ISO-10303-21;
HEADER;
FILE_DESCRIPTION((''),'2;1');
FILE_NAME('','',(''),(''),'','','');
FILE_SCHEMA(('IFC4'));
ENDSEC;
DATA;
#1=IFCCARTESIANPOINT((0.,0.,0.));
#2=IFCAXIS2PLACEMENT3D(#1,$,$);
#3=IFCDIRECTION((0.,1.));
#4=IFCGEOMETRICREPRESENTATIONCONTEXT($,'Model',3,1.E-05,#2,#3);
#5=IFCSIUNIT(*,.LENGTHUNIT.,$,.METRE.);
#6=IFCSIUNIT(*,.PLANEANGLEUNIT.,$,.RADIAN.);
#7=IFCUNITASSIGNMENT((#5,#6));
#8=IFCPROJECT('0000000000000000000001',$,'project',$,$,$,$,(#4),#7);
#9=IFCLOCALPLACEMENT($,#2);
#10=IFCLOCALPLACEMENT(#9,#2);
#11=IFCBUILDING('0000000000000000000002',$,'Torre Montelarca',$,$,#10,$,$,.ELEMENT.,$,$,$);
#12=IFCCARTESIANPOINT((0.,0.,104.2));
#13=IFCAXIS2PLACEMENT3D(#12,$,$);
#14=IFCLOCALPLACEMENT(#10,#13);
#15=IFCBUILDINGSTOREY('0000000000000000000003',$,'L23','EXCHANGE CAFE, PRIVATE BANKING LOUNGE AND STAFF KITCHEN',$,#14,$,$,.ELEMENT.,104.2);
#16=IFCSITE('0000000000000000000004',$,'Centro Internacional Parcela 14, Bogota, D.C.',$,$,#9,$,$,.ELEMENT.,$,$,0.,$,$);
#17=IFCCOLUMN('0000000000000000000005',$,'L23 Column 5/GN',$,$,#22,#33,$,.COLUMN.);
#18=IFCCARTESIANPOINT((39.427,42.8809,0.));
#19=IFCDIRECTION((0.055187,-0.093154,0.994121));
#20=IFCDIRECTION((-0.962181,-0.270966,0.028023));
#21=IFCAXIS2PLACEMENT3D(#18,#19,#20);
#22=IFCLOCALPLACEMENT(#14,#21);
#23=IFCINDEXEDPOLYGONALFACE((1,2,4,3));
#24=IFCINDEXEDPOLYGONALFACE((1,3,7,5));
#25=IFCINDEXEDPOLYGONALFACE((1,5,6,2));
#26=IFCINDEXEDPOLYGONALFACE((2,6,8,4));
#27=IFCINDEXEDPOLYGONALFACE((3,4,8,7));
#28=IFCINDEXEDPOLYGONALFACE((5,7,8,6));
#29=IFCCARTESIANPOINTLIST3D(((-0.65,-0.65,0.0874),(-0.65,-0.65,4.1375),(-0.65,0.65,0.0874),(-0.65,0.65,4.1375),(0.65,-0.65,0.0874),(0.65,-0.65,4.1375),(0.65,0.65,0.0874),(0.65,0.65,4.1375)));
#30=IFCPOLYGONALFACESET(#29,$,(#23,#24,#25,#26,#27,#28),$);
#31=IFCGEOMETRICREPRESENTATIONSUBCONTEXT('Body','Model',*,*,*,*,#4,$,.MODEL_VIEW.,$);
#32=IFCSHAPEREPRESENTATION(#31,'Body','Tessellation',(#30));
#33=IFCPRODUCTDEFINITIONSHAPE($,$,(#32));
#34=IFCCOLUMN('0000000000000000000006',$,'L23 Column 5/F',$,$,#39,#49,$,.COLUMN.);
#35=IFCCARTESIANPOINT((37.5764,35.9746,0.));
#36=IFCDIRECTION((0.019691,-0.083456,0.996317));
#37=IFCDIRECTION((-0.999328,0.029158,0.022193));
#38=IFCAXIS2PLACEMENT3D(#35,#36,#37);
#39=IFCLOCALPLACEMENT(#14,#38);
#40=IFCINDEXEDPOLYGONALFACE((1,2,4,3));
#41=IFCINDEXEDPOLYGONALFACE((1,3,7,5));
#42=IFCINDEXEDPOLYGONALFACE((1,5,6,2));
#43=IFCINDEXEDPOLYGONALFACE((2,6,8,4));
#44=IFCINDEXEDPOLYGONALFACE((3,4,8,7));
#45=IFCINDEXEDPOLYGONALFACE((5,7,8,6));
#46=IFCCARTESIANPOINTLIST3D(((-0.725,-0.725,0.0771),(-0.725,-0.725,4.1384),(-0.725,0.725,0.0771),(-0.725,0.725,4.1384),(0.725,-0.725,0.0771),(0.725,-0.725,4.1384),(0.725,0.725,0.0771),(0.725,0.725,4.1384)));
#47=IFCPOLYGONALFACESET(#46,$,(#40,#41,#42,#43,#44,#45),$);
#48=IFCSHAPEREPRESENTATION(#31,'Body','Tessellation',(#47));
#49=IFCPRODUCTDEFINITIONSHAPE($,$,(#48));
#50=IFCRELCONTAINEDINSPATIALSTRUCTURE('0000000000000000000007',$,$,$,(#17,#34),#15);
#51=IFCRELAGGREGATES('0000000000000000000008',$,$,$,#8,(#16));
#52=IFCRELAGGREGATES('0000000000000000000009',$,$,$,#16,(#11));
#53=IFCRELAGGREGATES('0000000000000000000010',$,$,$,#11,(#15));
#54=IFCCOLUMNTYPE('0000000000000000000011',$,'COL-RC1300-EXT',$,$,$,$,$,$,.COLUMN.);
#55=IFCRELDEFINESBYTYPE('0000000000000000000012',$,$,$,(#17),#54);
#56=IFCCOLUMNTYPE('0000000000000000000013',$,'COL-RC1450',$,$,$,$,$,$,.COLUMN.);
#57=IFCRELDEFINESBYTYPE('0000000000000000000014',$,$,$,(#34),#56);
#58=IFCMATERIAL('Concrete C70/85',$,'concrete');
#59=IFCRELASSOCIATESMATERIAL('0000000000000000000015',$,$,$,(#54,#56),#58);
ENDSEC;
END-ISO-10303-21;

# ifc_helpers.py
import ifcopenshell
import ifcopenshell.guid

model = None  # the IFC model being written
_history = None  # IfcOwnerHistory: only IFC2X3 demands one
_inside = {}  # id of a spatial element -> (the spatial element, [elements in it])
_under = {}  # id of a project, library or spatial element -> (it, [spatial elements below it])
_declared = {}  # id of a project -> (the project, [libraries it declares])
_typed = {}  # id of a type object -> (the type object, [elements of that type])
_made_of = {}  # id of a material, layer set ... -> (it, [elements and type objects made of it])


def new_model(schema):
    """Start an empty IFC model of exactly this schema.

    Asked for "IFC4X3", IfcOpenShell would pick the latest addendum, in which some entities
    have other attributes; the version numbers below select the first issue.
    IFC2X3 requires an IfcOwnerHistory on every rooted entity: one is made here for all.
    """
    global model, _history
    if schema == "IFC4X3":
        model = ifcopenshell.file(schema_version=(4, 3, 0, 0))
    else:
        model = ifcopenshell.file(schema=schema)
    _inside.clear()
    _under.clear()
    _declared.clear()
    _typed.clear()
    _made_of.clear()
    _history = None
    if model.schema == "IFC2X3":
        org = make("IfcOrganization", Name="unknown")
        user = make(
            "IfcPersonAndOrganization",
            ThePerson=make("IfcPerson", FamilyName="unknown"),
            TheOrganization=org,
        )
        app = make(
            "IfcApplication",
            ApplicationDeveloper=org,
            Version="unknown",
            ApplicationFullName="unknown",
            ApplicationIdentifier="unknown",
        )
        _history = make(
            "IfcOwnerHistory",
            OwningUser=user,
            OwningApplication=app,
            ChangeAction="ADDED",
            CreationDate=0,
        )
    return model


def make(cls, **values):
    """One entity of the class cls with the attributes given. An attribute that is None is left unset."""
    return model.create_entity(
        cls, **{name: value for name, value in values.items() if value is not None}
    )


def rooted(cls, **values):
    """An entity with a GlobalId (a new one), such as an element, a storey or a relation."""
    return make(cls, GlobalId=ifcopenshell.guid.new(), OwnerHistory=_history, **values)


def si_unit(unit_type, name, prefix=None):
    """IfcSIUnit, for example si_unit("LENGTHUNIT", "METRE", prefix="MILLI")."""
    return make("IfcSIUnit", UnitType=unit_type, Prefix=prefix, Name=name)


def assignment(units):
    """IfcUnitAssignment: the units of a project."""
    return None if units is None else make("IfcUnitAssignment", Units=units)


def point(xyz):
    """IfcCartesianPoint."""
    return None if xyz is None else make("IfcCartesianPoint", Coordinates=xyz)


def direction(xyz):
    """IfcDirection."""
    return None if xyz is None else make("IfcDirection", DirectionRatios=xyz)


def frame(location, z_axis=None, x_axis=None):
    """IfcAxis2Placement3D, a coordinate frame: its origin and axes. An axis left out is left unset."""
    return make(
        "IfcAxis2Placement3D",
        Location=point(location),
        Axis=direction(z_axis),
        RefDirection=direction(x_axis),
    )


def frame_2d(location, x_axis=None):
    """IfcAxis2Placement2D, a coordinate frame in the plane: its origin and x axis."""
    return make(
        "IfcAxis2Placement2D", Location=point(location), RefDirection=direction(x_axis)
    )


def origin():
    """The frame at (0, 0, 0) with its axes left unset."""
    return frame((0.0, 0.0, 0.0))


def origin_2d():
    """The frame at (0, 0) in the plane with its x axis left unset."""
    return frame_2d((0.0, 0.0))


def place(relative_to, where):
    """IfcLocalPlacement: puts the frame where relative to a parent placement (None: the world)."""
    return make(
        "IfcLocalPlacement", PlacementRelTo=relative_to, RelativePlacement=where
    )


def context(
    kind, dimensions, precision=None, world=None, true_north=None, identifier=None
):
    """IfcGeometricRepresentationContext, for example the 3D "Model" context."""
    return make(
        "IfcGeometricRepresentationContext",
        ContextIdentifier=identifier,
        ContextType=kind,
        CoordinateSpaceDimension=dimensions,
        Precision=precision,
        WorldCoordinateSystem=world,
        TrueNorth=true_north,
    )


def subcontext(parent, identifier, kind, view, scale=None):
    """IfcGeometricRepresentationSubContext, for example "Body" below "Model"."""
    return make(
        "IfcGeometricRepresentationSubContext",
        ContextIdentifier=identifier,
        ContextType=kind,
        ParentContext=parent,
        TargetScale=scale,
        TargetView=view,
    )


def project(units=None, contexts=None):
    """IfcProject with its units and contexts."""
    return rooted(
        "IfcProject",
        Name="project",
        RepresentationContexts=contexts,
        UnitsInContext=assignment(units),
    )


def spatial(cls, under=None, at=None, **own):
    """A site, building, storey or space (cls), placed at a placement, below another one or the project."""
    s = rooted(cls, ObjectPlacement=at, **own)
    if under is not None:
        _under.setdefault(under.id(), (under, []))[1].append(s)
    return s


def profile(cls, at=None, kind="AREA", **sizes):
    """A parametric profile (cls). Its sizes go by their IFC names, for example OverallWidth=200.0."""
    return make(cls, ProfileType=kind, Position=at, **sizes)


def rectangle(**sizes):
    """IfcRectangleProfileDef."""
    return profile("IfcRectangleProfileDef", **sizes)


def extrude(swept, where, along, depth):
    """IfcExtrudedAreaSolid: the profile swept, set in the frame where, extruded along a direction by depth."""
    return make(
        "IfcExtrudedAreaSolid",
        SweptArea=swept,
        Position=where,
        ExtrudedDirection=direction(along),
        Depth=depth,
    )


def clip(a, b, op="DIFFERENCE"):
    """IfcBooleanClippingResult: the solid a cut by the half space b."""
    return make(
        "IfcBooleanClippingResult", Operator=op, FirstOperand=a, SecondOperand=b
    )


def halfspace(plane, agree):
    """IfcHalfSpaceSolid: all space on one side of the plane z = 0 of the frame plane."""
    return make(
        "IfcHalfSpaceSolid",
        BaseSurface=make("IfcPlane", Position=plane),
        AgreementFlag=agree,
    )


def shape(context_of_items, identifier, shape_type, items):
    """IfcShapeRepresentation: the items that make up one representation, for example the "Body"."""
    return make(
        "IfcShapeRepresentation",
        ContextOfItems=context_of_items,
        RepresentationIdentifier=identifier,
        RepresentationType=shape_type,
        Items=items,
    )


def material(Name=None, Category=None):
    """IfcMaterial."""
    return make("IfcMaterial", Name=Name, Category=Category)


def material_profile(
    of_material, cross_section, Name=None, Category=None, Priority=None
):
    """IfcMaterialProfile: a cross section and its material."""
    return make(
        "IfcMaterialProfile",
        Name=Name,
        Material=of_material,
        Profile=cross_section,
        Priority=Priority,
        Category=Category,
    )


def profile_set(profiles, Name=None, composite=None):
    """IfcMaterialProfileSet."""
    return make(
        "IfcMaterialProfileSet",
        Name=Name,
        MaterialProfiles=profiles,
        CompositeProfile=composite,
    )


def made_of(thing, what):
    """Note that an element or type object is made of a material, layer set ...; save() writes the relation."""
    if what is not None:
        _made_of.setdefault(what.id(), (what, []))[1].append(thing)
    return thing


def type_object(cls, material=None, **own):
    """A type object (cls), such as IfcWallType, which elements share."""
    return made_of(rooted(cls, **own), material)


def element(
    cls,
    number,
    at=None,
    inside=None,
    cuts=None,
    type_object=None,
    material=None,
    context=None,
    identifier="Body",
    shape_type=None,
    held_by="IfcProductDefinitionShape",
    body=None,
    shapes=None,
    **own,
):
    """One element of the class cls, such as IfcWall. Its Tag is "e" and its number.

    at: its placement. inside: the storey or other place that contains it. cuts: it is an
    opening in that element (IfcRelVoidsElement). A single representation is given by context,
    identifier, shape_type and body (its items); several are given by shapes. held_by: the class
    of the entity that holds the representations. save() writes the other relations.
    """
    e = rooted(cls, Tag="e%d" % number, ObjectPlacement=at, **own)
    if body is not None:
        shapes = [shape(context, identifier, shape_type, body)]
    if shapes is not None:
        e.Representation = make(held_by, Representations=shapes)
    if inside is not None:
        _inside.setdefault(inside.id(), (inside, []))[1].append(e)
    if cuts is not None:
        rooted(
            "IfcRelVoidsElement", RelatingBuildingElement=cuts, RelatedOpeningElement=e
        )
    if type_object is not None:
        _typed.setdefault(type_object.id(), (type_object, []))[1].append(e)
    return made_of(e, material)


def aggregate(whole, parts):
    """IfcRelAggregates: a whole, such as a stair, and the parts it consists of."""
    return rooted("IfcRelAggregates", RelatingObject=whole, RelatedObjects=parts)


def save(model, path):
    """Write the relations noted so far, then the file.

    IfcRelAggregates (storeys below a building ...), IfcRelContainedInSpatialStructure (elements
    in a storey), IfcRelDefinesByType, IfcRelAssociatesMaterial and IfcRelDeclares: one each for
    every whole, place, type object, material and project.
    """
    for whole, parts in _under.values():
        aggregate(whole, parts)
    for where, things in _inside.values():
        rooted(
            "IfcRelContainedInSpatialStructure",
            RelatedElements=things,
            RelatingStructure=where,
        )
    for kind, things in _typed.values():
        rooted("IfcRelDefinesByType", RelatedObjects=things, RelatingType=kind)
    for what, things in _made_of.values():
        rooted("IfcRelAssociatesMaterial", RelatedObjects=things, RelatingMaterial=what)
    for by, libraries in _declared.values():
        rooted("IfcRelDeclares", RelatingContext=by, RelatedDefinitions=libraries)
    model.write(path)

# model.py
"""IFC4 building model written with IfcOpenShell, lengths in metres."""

from ifc_helpers import new_model, si_unit, direction, frame, origin, origin_2d, place, context, subcontext, project, spatial, rectangle, extrude, clip, halfspace, material, material_profile, profile_set, type_object, element, save


model = new_model("IFC4")

# Units and contexts
model_context = context("Model", 3, precision=1e-05, world=origin(), true_north=direction((0.0, 1.0)))
body_context = subcontext(model_context, "Body", "Model", "MODEL_VIEW")
ifc_project = project(units=[si_unit("LENGTHUNIT", "METRE"), si_unit("PLANEANGLEUNIT", "RADIAN")], contexts=[model_context])

# Site, building, storey
site_placement = place(None, origin())
site = spatial("IfcSite", under=ifc_project, at=site_placement, Name="Centro Internacional Parcela 14, Bogota, D.C.", CompositionType="ELEMENT", RefElevation=0.0)
building_placement = place(site_placement, origin())
building = spatial("IfcBuilding", under=site, at=building_placement, Name="Torre Montelarca", CompositionType="ELEMENT")
storey_placement = place(building_placement, frame((0.0, 0.0, 104.2)))
storey = spatial("IfcBuildingStorey", under=building, at=storey_placement, Name="L23", Description="EXCHANGE CAFE, PRIVATE BANKING LOUNGE AND STAFF KITCHEN", CompositionType="ELEMENT", Elevation=104.2)

# Columns
ifc_material_1 = material(Name="Concrete C70/85", Category="concrete")
ifc_material_profile_1 = material_profile(ifc_material_1, rectangle(XDim=1.3, YDim=1.3, at=origin_2d()), Name="RC1300X1300", Category="concrete")
ifc_profile_set_1 = profile_set([ifc_material_profile_1], Name="Concrete C70/85")
column_type_1 = type_object("IfcColumnType", Name="COL-RC1300-EXT", PredefinedType="COLUMN", material=ifc_profile_set_1)
column_1_placement = place(storey_placement, frame((39.427, 42.8809, 0.0), z_axis=(0.055187, -0.093154, 0.994121), x_axis=(-0.962181, -0.270966, 0.028023)))
element("IfcColumn", 1, at=column_1_placement, inside=storey, type_object=column_type_1, Name="L23 Column 5/GN", PredefinedType="COLUMN", context=body_context, shape_type="Clipping", body=[
    clip(clip(extrude(rectangle(XDim=1.3, YDim=1.3, at=origin_2d()), origin(), (0.0, 0.0, 1.0), 4.2249), halfspace(frame((0.0, 0.0, 0.0874), z_axis=(0.0, 0.0, -1.0), x_axis=(1.0, 0.0, 0.0)), False)), halfspace(frame((0.0, 0.0, 4.1375), z_axis=(0.0, 0.0, 1.0), x_axis=(1.0, 0.0, 0.0)), False)),
])
ifc_material_profile_2 = material_profile(ifc_material_1, rectangle(XDim=1.45, YDim=1.45, at=origin_2d()), Name="RC1450X1450", Category="concrete")
ifc_profile_set_2 = profile_set([ifc_material_profile_2], Name="Concrete C70/85")
column_type_2 = type_object("IfcColumnType", Name="COL-RC1450", PredefinedType="COLUMN", material=ifc_profile_set_2)
column_2_placement = place(storey_placement, frame((37.5764, 35.9746, 0.0), z_axis=(0.019691, -0.083456, 0.996317), x_axis=(-0.999328, 0.029158, 0.022193)))
element("IfcColumn", 2, at=column_2_placement, inside=storey, type_object=column_type_2, Name="L23 Column 5/F", PredefinedType="COLUMN", context=body_context, shape_type="Clipping", body=[
    clip(clip(extrude(rectangle(XDim=1.45, YDim=1.45, at=origin_2d()), origin(), (0.0, 0.0, 1.0), 4.2156), halfspace(frame((0.0, 0.0, 0.0771), z_axis=(0.0, 0.0, -1.0), x_axis=(1.0, 0.0, 0.0)), False)), halfspace(frame((0.0, 0.0, 4.1384), z_axis=(0.0, 0.0, 1.0), x_axis=(1.0, 0.0, 0.0)), False)),
])

save(model, "model.ifc")
